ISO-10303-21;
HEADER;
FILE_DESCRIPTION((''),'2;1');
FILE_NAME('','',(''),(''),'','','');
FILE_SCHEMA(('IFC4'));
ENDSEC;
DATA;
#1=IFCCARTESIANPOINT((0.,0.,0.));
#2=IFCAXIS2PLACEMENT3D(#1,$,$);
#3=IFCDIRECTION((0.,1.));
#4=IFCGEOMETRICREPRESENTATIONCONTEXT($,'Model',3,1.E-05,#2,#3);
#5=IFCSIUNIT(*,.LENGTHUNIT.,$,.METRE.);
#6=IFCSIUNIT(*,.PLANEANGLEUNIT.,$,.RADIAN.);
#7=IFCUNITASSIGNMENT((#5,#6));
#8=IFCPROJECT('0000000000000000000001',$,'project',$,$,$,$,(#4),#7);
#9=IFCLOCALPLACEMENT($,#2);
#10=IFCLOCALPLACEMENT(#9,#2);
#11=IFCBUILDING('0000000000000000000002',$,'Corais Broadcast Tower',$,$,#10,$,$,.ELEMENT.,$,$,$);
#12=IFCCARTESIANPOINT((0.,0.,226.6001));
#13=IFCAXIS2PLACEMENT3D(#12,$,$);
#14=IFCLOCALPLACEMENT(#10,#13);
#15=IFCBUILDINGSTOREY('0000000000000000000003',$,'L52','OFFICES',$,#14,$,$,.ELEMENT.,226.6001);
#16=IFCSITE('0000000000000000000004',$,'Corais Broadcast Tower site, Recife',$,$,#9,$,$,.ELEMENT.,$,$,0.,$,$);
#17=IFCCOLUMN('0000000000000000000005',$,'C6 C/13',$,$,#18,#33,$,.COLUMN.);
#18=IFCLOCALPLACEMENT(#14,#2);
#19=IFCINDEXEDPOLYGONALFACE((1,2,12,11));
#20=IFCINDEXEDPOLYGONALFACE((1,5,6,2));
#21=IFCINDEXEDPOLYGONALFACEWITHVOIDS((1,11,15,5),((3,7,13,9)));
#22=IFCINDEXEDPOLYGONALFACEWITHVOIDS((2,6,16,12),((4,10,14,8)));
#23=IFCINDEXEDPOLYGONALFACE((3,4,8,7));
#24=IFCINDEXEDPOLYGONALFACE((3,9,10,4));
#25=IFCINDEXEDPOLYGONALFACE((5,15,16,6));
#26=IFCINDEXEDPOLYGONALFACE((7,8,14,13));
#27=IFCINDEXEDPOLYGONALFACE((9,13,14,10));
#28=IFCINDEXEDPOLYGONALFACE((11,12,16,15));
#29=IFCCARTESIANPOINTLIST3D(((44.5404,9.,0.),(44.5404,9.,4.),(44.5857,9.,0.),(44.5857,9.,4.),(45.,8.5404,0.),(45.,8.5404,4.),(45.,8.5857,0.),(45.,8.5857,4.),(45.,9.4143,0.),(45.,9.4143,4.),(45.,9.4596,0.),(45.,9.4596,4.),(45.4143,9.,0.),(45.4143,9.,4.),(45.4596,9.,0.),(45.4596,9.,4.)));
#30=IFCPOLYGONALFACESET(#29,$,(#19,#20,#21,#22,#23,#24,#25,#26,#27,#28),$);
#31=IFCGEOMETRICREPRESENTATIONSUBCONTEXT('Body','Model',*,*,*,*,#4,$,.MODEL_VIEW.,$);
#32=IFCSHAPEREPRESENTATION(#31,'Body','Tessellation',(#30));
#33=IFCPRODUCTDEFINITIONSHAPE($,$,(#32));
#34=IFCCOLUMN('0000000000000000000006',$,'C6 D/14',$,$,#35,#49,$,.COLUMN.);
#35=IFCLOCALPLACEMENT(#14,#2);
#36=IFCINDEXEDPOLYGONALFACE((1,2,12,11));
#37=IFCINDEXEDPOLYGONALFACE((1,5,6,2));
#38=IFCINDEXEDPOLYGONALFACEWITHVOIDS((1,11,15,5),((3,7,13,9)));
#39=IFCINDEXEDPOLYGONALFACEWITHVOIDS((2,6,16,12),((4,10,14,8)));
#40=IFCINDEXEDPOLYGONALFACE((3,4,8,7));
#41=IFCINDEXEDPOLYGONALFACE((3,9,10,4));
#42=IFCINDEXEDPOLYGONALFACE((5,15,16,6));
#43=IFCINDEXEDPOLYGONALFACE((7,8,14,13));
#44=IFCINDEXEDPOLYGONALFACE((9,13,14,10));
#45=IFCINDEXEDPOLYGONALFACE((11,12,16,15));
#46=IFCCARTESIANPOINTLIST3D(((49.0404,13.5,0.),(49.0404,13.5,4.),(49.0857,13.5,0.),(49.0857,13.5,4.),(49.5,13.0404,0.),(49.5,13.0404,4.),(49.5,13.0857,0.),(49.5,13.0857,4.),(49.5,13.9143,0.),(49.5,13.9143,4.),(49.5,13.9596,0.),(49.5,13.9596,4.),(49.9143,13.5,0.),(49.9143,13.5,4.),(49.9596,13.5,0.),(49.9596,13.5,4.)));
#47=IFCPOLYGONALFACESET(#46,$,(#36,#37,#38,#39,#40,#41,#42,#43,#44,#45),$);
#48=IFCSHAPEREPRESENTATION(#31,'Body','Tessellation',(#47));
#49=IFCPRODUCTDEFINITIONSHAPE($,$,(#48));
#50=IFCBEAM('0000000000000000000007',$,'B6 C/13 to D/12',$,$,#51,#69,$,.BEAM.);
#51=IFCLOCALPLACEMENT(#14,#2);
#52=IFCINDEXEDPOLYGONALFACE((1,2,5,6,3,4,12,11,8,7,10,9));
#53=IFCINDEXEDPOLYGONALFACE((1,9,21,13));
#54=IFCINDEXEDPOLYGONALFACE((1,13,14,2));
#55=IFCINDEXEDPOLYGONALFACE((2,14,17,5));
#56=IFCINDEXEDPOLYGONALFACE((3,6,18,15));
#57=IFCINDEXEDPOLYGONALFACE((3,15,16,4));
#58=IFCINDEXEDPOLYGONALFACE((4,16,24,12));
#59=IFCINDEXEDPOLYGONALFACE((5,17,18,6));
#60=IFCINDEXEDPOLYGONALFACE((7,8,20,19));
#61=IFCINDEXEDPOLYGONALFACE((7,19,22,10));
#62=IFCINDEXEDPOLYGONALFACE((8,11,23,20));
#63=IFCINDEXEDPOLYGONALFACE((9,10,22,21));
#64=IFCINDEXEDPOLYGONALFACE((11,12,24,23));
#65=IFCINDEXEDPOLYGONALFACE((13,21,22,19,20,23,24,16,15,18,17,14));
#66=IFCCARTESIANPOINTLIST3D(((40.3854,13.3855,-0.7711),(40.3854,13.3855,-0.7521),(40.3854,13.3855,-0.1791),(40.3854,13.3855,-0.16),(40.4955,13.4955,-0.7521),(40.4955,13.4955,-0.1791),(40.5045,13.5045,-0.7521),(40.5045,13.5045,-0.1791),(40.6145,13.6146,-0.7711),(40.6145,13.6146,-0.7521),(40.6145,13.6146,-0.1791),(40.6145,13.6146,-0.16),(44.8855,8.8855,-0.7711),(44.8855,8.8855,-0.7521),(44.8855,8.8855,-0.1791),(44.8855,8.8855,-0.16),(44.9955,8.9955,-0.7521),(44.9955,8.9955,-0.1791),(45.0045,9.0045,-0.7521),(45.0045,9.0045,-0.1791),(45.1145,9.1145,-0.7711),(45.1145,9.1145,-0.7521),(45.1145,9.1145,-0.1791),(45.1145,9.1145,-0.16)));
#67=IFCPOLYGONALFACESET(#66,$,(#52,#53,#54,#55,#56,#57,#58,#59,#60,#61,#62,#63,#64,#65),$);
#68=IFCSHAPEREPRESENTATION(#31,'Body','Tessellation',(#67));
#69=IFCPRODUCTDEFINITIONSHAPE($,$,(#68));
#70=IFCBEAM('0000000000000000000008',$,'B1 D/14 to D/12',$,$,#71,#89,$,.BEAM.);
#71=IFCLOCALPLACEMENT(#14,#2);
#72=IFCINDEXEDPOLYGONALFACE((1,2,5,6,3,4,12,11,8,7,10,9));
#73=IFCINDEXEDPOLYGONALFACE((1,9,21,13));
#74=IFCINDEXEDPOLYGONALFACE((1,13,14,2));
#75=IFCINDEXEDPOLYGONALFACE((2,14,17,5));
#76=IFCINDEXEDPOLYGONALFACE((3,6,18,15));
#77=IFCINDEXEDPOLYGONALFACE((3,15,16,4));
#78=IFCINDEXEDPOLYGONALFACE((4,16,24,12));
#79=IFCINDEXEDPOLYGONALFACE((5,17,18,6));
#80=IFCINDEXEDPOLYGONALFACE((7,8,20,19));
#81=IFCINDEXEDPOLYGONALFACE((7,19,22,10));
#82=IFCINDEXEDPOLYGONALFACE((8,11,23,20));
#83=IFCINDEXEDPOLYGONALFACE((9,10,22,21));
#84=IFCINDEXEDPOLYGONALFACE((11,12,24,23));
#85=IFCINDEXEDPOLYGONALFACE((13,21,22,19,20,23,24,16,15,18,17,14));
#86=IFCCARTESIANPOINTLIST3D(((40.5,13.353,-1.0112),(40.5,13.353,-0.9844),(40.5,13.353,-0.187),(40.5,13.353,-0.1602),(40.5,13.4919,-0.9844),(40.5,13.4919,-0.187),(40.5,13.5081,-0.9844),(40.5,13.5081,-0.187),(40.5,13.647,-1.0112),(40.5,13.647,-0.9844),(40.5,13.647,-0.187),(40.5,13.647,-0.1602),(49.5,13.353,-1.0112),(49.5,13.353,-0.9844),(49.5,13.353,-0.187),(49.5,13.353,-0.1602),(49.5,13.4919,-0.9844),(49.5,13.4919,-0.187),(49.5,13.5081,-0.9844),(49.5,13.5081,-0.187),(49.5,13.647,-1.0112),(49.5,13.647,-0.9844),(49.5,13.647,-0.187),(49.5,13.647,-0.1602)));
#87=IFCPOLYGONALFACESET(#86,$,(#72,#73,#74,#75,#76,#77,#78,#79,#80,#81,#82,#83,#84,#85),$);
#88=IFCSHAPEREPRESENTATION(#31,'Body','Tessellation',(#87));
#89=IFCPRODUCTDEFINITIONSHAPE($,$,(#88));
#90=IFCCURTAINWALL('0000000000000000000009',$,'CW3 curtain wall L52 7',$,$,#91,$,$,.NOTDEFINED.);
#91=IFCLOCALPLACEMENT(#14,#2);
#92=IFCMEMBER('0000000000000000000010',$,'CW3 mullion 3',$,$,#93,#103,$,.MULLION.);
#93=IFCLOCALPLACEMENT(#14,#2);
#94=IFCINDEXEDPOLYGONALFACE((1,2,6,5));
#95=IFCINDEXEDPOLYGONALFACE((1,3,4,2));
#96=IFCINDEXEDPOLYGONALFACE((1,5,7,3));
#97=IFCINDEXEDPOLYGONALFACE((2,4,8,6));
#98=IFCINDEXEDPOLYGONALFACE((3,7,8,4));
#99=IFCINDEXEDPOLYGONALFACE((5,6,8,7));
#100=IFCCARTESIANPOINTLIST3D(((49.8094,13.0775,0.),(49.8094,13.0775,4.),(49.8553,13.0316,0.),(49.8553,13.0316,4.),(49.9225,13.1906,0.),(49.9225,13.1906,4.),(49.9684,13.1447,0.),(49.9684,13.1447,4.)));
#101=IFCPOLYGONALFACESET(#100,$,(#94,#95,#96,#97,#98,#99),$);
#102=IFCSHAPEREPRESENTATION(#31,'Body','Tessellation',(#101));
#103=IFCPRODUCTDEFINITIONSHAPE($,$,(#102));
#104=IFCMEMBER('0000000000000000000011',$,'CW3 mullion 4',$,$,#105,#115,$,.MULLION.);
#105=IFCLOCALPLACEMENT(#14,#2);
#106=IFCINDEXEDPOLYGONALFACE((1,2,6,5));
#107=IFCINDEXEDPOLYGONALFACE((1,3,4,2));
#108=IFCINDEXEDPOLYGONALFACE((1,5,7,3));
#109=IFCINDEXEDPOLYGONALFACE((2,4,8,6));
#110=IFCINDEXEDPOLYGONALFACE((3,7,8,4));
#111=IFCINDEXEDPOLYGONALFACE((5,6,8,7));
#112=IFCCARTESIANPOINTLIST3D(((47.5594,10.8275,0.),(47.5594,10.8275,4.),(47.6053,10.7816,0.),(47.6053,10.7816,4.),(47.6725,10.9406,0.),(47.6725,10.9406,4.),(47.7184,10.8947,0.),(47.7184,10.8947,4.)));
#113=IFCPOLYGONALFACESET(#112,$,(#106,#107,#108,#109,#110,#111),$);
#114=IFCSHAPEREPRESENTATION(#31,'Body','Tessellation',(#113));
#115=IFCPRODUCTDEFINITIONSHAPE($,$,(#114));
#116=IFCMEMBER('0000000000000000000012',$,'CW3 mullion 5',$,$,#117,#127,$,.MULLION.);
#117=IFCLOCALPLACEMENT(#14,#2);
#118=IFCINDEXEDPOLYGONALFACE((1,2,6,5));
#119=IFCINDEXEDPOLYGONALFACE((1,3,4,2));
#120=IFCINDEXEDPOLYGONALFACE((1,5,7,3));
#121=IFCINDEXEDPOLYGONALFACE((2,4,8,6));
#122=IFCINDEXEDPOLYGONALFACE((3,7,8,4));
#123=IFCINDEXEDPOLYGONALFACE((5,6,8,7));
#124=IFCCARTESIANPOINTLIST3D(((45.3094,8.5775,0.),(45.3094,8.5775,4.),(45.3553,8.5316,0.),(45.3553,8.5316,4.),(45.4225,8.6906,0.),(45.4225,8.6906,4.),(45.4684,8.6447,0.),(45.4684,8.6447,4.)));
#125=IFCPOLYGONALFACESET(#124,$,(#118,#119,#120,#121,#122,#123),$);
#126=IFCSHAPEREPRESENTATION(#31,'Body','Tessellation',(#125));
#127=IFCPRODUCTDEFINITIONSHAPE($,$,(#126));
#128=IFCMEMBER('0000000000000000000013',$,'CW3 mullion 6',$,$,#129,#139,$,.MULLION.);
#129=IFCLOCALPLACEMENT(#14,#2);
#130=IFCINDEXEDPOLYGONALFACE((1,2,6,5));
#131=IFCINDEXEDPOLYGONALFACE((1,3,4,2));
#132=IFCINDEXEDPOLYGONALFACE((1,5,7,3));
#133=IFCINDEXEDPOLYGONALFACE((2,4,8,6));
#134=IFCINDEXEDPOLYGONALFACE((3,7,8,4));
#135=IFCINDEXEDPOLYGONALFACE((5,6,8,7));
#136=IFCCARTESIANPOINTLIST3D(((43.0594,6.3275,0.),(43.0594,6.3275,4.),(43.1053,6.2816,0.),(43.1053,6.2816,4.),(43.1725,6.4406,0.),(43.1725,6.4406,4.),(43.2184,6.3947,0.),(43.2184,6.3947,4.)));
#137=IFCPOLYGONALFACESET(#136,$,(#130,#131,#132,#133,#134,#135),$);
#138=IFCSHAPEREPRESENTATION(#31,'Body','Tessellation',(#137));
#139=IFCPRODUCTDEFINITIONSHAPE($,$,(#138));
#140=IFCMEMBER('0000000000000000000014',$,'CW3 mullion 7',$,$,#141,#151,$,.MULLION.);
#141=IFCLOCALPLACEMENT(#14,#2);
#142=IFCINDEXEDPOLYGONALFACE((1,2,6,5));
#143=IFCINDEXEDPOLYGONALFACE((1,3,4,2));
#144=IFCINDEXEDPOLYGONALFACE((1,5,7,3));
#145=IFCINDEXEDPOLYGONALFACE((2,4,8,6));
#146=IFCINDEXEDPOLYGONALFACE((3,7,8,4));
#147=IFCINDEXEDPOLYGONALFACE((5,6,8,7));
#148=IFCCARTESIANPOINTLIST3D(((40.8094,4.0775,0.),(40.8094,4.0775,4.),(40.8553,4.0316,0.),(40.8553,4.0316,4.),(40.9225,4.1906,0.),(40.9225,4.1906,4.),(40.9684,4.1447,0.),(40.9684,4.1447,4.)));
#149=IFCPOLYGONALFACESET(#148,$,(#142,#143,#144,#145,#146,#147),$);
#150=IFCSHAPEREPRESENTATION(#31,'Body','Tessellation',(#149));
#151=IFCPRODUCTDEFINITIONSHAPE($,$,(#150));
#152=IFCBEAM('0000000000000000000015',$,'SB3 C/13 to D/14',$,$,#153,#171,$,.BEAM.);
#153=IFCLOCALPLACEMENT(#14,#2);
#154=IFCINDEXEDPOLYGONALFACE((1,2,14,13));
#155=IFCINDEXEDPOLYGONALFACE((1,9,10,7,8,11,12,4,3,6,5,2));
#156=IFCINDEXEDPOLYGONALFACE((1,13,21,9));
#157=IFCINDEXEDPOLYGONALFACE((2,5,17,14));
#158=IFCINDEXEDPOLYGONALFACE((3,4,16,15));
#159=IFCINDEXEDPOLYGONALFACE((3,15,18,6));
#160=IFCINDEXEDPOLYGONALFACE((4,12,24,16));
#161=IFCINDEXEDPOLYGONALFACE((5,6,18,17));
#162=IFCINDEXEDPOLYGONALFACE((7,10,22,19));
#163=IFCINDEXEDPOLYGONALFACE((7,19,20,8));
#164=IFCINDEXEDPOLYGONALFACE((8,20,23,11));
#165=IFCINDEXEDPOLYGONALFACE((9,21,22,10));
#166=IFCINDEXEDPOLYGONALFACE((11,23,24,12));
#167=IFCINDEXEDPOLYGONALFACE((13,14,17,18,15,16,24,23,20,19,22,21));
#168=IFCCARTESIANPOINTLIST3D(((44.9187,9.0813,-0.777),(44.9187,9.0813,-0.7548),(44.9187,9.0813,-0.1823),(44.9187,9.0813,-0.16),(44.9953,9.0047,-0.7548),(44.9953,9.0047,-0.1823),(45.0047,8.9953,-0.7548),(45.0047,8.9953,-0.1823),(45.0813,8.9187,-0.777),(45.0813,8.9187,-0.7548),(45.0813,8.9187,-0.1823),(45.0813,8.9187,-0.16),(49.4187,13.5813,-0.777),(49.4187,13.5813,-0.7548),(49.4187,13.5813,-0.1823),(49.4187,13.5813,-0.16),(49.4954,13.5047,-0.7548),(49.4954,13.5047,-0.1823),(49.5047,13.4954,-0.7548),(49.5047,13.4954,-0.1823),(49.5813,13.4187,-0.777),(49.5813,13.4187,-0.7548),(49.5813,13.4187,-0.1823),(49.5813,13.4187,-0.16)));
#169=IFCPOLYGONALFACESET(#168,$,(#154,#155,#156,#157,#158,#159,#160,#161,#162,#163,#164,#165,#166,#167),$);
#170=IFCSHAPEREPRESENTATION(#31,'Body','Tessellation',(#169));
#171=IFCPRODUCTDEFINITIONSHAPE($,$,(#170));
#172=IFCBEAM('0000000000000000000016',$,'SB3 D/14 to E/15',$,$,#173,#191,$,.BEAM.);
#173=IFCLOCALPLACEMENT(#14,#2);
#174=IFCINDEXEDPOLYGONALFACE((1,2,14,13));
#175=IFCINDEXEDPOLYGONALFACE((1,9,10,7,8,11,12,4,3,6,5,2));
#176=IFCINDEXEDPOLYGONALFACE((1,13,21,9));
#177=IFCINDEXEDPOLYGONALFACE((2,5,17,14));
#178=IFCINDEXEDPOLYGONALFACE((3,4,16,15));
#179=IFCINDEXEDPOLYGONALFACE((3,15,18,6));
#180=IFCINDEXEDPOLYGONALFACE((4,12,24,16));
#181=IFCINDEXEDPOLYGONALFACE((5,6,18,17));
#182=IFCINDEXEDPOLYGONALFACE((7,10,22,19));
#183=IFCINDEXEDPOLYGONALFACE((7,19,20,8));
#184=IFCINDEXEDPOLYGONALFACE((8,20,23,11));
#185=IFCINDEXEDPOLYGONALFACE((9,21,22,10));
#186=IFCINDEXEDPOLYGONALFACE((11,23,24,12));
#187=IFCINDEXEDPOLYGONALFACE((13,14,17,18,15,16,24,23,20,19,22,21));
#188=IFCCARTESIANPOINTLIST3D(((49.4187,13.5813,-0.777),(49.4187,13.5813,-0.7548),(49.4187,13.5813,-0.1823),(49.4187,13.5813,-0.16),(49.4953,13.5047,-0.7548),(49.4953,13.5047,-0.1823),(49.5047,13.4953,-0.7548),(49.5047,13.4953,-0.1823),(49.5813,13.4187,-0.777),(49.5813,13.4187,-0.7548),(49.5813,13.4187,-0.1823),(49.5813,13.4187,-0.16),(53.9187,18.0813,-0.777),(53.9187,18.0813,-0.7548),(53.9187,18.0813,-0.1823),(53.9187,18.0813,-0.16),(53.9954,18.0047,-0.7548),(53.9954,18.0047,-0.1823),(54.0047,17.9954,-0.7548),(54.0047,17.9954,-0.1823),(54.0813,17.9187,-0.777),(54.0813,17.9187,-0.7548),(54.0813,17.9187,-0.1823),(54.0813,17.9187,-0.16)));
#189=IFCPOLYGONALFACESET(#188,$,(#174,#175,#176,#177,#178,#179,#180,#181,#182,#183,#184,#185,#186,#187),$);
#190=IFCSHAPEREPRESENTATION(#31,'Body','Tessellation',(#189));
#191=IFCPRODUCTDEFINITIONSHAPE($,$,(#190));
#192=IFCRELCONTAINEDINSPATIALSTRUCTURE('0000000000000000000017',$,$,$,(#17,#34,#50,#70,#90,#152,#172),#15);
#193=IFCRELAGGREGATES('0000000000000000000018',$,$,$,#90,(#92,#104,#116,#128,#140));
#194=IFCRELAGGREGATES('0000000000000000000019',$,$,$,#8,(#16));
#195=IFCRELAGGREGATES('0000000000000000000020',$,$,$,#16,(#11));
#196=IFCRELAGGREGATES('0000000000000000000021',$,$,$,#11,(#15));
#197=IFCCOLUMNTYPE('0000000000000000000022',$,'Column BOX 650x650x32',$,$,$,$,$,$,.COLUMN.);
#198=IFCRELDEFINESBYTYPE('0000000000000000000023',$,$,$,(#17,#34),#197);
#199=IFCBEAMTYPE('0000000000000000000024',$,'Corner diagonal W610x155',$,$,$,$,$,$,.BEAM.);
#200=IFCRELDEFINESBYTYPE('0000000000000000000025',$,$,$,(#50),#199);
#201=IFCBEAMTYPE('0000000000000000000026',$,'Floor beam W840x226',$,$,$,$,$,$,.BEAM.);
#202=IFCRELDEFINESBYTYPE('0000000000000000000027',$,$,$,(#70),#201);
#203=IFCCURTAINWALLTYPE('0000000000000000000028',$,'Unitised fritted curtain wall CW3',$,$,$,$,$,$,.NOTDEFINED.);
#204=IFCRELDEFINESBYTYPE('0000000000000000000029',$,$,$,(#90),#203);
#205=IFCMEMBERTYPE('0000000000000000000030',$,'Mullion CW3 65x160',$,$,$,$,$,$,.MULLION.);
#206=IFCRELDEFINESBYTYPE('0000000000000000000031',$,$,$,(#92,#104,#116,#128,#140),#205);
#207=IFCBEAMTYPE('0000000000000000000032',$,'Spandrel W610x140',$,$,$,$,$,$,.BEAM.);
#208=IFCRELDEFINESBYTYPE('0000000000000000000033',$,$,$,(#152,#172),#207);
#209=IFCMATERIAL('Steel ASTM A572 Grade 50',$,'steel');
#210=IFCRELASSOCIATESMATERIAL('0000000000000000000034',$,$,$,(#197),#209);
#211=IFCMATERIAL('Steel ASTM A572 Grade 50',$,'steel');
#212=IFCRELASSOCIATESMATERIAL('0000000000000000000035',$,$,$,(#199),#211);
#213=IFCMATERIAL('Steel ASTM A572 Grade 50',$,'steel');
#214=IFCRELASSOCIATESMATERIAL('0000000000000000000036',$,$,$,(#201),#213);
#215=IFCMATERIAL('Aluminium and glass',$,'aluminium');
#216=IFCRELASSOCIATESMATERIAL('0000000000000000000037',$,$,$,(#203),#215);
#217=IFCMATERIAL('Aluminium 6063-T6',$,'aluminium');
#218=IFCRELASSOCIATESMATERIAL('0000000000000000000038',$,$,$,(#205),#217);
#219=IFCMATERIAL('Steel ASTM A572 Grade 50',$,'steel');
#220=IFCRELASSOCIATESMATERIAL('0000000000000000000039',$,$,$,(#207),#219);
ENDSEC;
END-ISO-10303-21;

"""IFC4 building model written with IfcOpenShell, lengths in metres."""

from ifc_helpers import new_model, si_unit, direction, frame, origin, origin_2d, place, context, subcontext, project, spatial, rectangle, hollow_rectangle, i_section, extrude, material, material_profile, profile_set, type_object, element, aggregate, save


model = new_model("IFC4")

# Units and contexts
model_context = context("Model", 3, precision=1e-05, world=origin(), true_north=direction((0.0, 1.0)))
body_context = subcontext(model_context, "Body", "Model", "MODEL_VIEW")
ifc_project = project(units=[si_unit("LENGTHUNIT", "METRE"), si_unit("PLANEANGLEUNIT", "RADIAN")], contexts=[model_context])

# Site, building, storey
site_placement = place(None, origin())
site = spatial("IfcSite", under=ifc_project, at=site_placement, Name="Corais Broadcast Tower site, Recife", CompositionType="ELEMENT", RefElevation=0.0)
building_placement = place(site_placement, origin())
building = spatial("IfcBuilding", under=site, at=building_placement, Name="Corais Broadcast Tower", CompositionType="ELEMENT")
storey_placement = place(building_placement, frame((0.0, 0.0, 226.6001)))
storey = spatial("IfcBuildingStorey", under=building, at=storey_placement, Name="L52", Description="OFFICES", CompositionType="ELEMENT", Elevation=226.6001)

# Columns
ifc_material_1 = material(Name="Steel ASTM A572 Grade 50", Category="steel")
ifc_material_profile_1 = material_profile(ifc_material_1, hollow_rectangle(XDim=0.6499, YDim=0.6499, WallThickness=0.032, at=origin_2d()), Name="BOX 650x650x32")
ifc_profile_set_1 = profile_set([ifc_material_profile_1], Name="Steel ASTM A572 Grade 50")
column_type = type_object("IfcColumnType", Name="Column BOX 650x650x32", PredefinedType="COLUMN", material=ifc_profile_set_1)
for number, where, z_axis, x_axis, name in (
    (1, (45.0, 9.0, 0.0), (0.0, 0.0, 1.0), (0.707107, 0.707107, 0.0), "C6 C/13"),
    (2, (49.5, 13.5, 0.0), (0.0, 0.0, 1.0), (0.707107, 0.707107, 0.0), "C6 D/14"),
):
    element("IfcColumn", number, at=place(storey_placement, frame(where, z_axis=z_axis, x_axis=x_axis)), inside=storey, type_object=column_type, Name=name, PredefinedType="COLUMN", context=body_context, shape_type="SweptSolid", body=[
        extrude(hollow_rectangle(XDim=0.6499, YDim=0.6499, WallThickness=0.032, at=origin_2d()), origin(), (0.0, 0.0, 1.0), 4.0),
    ])

# Beams
ifc_material_2 = material(Name="Steel ASTM A572 Grade 50", Category="steel")
ifc_material_profile_2 = material_profile(ifc_material_2, i_section(OverallWidth=0.324, OverallDepth=0.6111, WebThickness=0.0127, FlangeThickness=0.019, at=origin_2d()), Name="W610x155")
ifc_profile_set_2 = profile_set([ifc_material_profile_2], Name="Steel ASTM A572 Grade 50")
beam_type_1 = type_object("IfcBeamType", Name="Corner diagonal W610x155", PredefinedType="BEAM", material=ifc_profile_set_2)
beam_1_placement = place(storey_placement, frame((45.0, 9.0, -0.4656), z_axis=(-0.707107, 0.707107, 0.0), x_axis=(-0.707107, -0.707107, 0.0)))
element("IfcBeam", 3, at=beam_1_placement, inside=storey, type_object=beam_type_1, Name="B6 C/13 to D/12", PredefinedType="BEAM", context=body_context, shape_type="SweptSolid", body=[
    extrude(i_section(OverallWidth=0.324, OverallDepth=0.6111, WebThickness=0.0127, FlangeThickness=0.019, at=origin_2d()), origin(), (0.0, 0.0, 1.0), 6.364),
])
ifc_material_3 = material(Name="Steel ASTM A572 Grade 50", Category="steel")
ifc_material_profile_3 = material_profile(ifc_material_3, i_section(OverallWidth=0.2939, OverallDepth=0.8511, WebThickness=0.0161, FlangeThickness=0.0269, at=origin_2d()), Name="W840x226")
ifc_profile_set_3 = profile_set([ifc_material_profile_3], Name="Steel ASTM A572 Grade 50")
beam_type_2 = type_object("IfcBeamType", Name="Floor beam W840x226", PredefinedType="BEAM", material=ifc_profile_set_3)
beam_2_placement = place(storey_placement, frame((49.5, 13.5, -0.5857), z_axis=(-1.0, 0.0, 0.0), x_axis=(0.0, -1.0, 0.0)))
element("IfcBeam", 4, at=beam_2_placement, inside=storey, type_object=beam_type_2, Name="B1 D/14 to D/12", PredefinedType="BEAM", context=body_context, shape_type="SweptSolid", body=[
    extrude(i_section(OverallWidth=0.2939, OverallDepth=0.8511, WebThickness=0.0161, FlangeThickness=0.0269, at=origin_2d()), origin(), (0.0, 0.0, 1.0), 9.0),
])

# Curtain wall, members
ifc_material_4 = material(Name="Aluminium and glass", Category="aluminium")
curtain_wall_type = type_object("IfcCurtainWallType", Name="Unitised fritted curtain wall CW3", PredefinedType="NOTDEFINED", material=ifc_material_4)
curtain_wall_placement = place(storey_placement, origin())
curtain_wall = element("IfcCurtainWall", 5, at=curtain_wall_placement, inside=storey, type_object=curtain_wall_type, Name="CW3 curtain wall L52 7", PredefinedType="NOTDEFINED")
ifc_material_5 = material(Name="Aluminium 6063-T6", Category="aluminium")
ifc_material_profile_4 = material_profile(ifc_material_5, rectangle(XDim=0.0649, YDim=0.1599, at=origin_2d()), Name="Mullion CW3 65x160")
ifc_profile_set_4 = profile_set([ifc_material_profile_4], Name="Aluminium 6063-T6")
member_type_1 = type_object("IfcMemberType", Name="Mullion CW3 65x160", PredefinedType="MULLION", material=ifc_profile_set_4)
member_1_placement = place(storey_placement, frame((49.8889, 13.1111, 0.0), z_axis=(0.0, 0.0, 1.0), x_axis=(0.707107, -0.707107, 0.0)))
member_1 = element("IfcMember", 6, at=member_1_placement, type_object=member_type_1, Name="CW3 mullion 3", PredefinedType="MULLION", context=body_context, shape_type="SweptSolid", body=[
    extrude(rectangle(XDim=0.0649, YDim=0.1599, at=origin_2d()), origin(), (0.0, 0.0, 1.0), 4.0),
])
member_2_placement = place(storey_placement, frame((47.6389, 10.8611, 0.0), z_axis=(0.0, 0.0, 1.0), x_axis=(0.707107, -0.707107, 0.0)))
member_2 = element("IfcMember", 7, at=member_2_placement, type_object=member_type_1, Name="CW3 mullion 4", PredefinedType="MULLION", context=body_context, shape_type="SweptSolid", body=[
    extrude(rectangle(XDim=0.0649, YDim=0.1599, at=origin_2d()), origin(), (0.0, 0.0, 1.0), 4.0),
])
member_3_placement = place(storey_placement, frame((45.3889, 8.6111, 0.0), z_axis=(0.0, 0.0, 1.0), x_axis=(0.707107, -0.707107, 0.0)))
member_3 = element("IfcMember", 8, at=member_3_placement, type_object=member_type_1, Name="CW3 mullion 5", PredefinedType="MULLION", context=body_context, shape_type="SweptSolid", body=[
    extrude(rectangle(XDim=0.0649, YDim=0.1599, at=origin_2d()), origin(), (0.0, 0.0, 1.0), 4.0),
])
member_4_placement = place(storey_placement, frame((43.1389, 6.3611, 0.0), z_axis=(0.0, 0.0, 1.0), x_axis=(0.707107, -0.707107, 0.0)))
member_4 = element("IfcMember", 9, at=member_4_placement, type_object=member_type_1, Name="CW3 mullion 6", PredefinedType="MULLION", context=body_context, shape_type="SweptSolid", body=[
    extrude(rectangle(XDim=0.0649, YDim=0.1599, at=origin_2d()), origin(), (0.0, 0.0, 1.0), 4.0),
])
member_5_placement = place(storey_placement, frame((40.8889, 4.1111, 0.0), z_axis=(0.0, 0.0, 1.0), x_axis=(0.707107, -0.707107, 0.0)))
member_5 = element("IfcMember", 10, at=member_5_placement, type_object=member_type_1, Name="CW3 mullion 7", PredefinedType="MULLION", context=body_context, shape_type="SweptSolid", body=[
    extrude(rectangle(XDim=0.0649, YDim=0.1599, at=origin_2d()), origin(), (0.0, 0.0, 1.0), 4.0),
])

# Beams
ifc_material_6 = material(Name="Steel ASTM A572 Grade 50", Category="steel")
ifc_material_profile_5 = material_profile(ifc_material_6, i_section(OverallWidth=0.23, OverallDepth=0.6169, WebThickness=0.0132, FlangeThickness=0.0222, at=origin_2d()), Name="W610x140")
ifc_profile_set_5 = profile_set([ifc_material_profile_5], Name="Steel ASTM A572 Grade 50")
beam_type_3 = type_object("IfcBeamType", Name="Spandrel W610x140", PredefinedType="BEAM", material=ifc_profile_set_5)
for number, where, z_axis, x_axis, name in (
    (11, (45.0, 9.0, -0.4685), (0.707107, 0.707107, 0.0), (-0.707107, 0.707107, 0.0), "SB3 C/13 to D/14"),
    (12, (49.5, 13.5, -0.4685), (0.707107, 0.707107, 0.0), (-0.707107, 0.707107, 0.0), "SB3 D/14 to E/15"),
):
    element("IfcBeam", number, at=place(storey_placement, frame(where, z_axis=z_axis, x_axis=x_axis)), inside=storey, type_object=beam_type_3, Name=name, PredefinedType="BEAM", context=body_context, shape_type="SweptSolid", body=[
        extrude(i_section(OverallWidth=0.23, OverallDepth=0.6169, WebThickness=0.0132, FlangeThickness=0.0222, at=origin_2d()), origin(), (0.0, 0.0, 1.0), 6.364),
    ])

aggregate(curtain_wall, [member_1, member_2, member_3, member_4, member_5])

save(model, "model.ifc")
